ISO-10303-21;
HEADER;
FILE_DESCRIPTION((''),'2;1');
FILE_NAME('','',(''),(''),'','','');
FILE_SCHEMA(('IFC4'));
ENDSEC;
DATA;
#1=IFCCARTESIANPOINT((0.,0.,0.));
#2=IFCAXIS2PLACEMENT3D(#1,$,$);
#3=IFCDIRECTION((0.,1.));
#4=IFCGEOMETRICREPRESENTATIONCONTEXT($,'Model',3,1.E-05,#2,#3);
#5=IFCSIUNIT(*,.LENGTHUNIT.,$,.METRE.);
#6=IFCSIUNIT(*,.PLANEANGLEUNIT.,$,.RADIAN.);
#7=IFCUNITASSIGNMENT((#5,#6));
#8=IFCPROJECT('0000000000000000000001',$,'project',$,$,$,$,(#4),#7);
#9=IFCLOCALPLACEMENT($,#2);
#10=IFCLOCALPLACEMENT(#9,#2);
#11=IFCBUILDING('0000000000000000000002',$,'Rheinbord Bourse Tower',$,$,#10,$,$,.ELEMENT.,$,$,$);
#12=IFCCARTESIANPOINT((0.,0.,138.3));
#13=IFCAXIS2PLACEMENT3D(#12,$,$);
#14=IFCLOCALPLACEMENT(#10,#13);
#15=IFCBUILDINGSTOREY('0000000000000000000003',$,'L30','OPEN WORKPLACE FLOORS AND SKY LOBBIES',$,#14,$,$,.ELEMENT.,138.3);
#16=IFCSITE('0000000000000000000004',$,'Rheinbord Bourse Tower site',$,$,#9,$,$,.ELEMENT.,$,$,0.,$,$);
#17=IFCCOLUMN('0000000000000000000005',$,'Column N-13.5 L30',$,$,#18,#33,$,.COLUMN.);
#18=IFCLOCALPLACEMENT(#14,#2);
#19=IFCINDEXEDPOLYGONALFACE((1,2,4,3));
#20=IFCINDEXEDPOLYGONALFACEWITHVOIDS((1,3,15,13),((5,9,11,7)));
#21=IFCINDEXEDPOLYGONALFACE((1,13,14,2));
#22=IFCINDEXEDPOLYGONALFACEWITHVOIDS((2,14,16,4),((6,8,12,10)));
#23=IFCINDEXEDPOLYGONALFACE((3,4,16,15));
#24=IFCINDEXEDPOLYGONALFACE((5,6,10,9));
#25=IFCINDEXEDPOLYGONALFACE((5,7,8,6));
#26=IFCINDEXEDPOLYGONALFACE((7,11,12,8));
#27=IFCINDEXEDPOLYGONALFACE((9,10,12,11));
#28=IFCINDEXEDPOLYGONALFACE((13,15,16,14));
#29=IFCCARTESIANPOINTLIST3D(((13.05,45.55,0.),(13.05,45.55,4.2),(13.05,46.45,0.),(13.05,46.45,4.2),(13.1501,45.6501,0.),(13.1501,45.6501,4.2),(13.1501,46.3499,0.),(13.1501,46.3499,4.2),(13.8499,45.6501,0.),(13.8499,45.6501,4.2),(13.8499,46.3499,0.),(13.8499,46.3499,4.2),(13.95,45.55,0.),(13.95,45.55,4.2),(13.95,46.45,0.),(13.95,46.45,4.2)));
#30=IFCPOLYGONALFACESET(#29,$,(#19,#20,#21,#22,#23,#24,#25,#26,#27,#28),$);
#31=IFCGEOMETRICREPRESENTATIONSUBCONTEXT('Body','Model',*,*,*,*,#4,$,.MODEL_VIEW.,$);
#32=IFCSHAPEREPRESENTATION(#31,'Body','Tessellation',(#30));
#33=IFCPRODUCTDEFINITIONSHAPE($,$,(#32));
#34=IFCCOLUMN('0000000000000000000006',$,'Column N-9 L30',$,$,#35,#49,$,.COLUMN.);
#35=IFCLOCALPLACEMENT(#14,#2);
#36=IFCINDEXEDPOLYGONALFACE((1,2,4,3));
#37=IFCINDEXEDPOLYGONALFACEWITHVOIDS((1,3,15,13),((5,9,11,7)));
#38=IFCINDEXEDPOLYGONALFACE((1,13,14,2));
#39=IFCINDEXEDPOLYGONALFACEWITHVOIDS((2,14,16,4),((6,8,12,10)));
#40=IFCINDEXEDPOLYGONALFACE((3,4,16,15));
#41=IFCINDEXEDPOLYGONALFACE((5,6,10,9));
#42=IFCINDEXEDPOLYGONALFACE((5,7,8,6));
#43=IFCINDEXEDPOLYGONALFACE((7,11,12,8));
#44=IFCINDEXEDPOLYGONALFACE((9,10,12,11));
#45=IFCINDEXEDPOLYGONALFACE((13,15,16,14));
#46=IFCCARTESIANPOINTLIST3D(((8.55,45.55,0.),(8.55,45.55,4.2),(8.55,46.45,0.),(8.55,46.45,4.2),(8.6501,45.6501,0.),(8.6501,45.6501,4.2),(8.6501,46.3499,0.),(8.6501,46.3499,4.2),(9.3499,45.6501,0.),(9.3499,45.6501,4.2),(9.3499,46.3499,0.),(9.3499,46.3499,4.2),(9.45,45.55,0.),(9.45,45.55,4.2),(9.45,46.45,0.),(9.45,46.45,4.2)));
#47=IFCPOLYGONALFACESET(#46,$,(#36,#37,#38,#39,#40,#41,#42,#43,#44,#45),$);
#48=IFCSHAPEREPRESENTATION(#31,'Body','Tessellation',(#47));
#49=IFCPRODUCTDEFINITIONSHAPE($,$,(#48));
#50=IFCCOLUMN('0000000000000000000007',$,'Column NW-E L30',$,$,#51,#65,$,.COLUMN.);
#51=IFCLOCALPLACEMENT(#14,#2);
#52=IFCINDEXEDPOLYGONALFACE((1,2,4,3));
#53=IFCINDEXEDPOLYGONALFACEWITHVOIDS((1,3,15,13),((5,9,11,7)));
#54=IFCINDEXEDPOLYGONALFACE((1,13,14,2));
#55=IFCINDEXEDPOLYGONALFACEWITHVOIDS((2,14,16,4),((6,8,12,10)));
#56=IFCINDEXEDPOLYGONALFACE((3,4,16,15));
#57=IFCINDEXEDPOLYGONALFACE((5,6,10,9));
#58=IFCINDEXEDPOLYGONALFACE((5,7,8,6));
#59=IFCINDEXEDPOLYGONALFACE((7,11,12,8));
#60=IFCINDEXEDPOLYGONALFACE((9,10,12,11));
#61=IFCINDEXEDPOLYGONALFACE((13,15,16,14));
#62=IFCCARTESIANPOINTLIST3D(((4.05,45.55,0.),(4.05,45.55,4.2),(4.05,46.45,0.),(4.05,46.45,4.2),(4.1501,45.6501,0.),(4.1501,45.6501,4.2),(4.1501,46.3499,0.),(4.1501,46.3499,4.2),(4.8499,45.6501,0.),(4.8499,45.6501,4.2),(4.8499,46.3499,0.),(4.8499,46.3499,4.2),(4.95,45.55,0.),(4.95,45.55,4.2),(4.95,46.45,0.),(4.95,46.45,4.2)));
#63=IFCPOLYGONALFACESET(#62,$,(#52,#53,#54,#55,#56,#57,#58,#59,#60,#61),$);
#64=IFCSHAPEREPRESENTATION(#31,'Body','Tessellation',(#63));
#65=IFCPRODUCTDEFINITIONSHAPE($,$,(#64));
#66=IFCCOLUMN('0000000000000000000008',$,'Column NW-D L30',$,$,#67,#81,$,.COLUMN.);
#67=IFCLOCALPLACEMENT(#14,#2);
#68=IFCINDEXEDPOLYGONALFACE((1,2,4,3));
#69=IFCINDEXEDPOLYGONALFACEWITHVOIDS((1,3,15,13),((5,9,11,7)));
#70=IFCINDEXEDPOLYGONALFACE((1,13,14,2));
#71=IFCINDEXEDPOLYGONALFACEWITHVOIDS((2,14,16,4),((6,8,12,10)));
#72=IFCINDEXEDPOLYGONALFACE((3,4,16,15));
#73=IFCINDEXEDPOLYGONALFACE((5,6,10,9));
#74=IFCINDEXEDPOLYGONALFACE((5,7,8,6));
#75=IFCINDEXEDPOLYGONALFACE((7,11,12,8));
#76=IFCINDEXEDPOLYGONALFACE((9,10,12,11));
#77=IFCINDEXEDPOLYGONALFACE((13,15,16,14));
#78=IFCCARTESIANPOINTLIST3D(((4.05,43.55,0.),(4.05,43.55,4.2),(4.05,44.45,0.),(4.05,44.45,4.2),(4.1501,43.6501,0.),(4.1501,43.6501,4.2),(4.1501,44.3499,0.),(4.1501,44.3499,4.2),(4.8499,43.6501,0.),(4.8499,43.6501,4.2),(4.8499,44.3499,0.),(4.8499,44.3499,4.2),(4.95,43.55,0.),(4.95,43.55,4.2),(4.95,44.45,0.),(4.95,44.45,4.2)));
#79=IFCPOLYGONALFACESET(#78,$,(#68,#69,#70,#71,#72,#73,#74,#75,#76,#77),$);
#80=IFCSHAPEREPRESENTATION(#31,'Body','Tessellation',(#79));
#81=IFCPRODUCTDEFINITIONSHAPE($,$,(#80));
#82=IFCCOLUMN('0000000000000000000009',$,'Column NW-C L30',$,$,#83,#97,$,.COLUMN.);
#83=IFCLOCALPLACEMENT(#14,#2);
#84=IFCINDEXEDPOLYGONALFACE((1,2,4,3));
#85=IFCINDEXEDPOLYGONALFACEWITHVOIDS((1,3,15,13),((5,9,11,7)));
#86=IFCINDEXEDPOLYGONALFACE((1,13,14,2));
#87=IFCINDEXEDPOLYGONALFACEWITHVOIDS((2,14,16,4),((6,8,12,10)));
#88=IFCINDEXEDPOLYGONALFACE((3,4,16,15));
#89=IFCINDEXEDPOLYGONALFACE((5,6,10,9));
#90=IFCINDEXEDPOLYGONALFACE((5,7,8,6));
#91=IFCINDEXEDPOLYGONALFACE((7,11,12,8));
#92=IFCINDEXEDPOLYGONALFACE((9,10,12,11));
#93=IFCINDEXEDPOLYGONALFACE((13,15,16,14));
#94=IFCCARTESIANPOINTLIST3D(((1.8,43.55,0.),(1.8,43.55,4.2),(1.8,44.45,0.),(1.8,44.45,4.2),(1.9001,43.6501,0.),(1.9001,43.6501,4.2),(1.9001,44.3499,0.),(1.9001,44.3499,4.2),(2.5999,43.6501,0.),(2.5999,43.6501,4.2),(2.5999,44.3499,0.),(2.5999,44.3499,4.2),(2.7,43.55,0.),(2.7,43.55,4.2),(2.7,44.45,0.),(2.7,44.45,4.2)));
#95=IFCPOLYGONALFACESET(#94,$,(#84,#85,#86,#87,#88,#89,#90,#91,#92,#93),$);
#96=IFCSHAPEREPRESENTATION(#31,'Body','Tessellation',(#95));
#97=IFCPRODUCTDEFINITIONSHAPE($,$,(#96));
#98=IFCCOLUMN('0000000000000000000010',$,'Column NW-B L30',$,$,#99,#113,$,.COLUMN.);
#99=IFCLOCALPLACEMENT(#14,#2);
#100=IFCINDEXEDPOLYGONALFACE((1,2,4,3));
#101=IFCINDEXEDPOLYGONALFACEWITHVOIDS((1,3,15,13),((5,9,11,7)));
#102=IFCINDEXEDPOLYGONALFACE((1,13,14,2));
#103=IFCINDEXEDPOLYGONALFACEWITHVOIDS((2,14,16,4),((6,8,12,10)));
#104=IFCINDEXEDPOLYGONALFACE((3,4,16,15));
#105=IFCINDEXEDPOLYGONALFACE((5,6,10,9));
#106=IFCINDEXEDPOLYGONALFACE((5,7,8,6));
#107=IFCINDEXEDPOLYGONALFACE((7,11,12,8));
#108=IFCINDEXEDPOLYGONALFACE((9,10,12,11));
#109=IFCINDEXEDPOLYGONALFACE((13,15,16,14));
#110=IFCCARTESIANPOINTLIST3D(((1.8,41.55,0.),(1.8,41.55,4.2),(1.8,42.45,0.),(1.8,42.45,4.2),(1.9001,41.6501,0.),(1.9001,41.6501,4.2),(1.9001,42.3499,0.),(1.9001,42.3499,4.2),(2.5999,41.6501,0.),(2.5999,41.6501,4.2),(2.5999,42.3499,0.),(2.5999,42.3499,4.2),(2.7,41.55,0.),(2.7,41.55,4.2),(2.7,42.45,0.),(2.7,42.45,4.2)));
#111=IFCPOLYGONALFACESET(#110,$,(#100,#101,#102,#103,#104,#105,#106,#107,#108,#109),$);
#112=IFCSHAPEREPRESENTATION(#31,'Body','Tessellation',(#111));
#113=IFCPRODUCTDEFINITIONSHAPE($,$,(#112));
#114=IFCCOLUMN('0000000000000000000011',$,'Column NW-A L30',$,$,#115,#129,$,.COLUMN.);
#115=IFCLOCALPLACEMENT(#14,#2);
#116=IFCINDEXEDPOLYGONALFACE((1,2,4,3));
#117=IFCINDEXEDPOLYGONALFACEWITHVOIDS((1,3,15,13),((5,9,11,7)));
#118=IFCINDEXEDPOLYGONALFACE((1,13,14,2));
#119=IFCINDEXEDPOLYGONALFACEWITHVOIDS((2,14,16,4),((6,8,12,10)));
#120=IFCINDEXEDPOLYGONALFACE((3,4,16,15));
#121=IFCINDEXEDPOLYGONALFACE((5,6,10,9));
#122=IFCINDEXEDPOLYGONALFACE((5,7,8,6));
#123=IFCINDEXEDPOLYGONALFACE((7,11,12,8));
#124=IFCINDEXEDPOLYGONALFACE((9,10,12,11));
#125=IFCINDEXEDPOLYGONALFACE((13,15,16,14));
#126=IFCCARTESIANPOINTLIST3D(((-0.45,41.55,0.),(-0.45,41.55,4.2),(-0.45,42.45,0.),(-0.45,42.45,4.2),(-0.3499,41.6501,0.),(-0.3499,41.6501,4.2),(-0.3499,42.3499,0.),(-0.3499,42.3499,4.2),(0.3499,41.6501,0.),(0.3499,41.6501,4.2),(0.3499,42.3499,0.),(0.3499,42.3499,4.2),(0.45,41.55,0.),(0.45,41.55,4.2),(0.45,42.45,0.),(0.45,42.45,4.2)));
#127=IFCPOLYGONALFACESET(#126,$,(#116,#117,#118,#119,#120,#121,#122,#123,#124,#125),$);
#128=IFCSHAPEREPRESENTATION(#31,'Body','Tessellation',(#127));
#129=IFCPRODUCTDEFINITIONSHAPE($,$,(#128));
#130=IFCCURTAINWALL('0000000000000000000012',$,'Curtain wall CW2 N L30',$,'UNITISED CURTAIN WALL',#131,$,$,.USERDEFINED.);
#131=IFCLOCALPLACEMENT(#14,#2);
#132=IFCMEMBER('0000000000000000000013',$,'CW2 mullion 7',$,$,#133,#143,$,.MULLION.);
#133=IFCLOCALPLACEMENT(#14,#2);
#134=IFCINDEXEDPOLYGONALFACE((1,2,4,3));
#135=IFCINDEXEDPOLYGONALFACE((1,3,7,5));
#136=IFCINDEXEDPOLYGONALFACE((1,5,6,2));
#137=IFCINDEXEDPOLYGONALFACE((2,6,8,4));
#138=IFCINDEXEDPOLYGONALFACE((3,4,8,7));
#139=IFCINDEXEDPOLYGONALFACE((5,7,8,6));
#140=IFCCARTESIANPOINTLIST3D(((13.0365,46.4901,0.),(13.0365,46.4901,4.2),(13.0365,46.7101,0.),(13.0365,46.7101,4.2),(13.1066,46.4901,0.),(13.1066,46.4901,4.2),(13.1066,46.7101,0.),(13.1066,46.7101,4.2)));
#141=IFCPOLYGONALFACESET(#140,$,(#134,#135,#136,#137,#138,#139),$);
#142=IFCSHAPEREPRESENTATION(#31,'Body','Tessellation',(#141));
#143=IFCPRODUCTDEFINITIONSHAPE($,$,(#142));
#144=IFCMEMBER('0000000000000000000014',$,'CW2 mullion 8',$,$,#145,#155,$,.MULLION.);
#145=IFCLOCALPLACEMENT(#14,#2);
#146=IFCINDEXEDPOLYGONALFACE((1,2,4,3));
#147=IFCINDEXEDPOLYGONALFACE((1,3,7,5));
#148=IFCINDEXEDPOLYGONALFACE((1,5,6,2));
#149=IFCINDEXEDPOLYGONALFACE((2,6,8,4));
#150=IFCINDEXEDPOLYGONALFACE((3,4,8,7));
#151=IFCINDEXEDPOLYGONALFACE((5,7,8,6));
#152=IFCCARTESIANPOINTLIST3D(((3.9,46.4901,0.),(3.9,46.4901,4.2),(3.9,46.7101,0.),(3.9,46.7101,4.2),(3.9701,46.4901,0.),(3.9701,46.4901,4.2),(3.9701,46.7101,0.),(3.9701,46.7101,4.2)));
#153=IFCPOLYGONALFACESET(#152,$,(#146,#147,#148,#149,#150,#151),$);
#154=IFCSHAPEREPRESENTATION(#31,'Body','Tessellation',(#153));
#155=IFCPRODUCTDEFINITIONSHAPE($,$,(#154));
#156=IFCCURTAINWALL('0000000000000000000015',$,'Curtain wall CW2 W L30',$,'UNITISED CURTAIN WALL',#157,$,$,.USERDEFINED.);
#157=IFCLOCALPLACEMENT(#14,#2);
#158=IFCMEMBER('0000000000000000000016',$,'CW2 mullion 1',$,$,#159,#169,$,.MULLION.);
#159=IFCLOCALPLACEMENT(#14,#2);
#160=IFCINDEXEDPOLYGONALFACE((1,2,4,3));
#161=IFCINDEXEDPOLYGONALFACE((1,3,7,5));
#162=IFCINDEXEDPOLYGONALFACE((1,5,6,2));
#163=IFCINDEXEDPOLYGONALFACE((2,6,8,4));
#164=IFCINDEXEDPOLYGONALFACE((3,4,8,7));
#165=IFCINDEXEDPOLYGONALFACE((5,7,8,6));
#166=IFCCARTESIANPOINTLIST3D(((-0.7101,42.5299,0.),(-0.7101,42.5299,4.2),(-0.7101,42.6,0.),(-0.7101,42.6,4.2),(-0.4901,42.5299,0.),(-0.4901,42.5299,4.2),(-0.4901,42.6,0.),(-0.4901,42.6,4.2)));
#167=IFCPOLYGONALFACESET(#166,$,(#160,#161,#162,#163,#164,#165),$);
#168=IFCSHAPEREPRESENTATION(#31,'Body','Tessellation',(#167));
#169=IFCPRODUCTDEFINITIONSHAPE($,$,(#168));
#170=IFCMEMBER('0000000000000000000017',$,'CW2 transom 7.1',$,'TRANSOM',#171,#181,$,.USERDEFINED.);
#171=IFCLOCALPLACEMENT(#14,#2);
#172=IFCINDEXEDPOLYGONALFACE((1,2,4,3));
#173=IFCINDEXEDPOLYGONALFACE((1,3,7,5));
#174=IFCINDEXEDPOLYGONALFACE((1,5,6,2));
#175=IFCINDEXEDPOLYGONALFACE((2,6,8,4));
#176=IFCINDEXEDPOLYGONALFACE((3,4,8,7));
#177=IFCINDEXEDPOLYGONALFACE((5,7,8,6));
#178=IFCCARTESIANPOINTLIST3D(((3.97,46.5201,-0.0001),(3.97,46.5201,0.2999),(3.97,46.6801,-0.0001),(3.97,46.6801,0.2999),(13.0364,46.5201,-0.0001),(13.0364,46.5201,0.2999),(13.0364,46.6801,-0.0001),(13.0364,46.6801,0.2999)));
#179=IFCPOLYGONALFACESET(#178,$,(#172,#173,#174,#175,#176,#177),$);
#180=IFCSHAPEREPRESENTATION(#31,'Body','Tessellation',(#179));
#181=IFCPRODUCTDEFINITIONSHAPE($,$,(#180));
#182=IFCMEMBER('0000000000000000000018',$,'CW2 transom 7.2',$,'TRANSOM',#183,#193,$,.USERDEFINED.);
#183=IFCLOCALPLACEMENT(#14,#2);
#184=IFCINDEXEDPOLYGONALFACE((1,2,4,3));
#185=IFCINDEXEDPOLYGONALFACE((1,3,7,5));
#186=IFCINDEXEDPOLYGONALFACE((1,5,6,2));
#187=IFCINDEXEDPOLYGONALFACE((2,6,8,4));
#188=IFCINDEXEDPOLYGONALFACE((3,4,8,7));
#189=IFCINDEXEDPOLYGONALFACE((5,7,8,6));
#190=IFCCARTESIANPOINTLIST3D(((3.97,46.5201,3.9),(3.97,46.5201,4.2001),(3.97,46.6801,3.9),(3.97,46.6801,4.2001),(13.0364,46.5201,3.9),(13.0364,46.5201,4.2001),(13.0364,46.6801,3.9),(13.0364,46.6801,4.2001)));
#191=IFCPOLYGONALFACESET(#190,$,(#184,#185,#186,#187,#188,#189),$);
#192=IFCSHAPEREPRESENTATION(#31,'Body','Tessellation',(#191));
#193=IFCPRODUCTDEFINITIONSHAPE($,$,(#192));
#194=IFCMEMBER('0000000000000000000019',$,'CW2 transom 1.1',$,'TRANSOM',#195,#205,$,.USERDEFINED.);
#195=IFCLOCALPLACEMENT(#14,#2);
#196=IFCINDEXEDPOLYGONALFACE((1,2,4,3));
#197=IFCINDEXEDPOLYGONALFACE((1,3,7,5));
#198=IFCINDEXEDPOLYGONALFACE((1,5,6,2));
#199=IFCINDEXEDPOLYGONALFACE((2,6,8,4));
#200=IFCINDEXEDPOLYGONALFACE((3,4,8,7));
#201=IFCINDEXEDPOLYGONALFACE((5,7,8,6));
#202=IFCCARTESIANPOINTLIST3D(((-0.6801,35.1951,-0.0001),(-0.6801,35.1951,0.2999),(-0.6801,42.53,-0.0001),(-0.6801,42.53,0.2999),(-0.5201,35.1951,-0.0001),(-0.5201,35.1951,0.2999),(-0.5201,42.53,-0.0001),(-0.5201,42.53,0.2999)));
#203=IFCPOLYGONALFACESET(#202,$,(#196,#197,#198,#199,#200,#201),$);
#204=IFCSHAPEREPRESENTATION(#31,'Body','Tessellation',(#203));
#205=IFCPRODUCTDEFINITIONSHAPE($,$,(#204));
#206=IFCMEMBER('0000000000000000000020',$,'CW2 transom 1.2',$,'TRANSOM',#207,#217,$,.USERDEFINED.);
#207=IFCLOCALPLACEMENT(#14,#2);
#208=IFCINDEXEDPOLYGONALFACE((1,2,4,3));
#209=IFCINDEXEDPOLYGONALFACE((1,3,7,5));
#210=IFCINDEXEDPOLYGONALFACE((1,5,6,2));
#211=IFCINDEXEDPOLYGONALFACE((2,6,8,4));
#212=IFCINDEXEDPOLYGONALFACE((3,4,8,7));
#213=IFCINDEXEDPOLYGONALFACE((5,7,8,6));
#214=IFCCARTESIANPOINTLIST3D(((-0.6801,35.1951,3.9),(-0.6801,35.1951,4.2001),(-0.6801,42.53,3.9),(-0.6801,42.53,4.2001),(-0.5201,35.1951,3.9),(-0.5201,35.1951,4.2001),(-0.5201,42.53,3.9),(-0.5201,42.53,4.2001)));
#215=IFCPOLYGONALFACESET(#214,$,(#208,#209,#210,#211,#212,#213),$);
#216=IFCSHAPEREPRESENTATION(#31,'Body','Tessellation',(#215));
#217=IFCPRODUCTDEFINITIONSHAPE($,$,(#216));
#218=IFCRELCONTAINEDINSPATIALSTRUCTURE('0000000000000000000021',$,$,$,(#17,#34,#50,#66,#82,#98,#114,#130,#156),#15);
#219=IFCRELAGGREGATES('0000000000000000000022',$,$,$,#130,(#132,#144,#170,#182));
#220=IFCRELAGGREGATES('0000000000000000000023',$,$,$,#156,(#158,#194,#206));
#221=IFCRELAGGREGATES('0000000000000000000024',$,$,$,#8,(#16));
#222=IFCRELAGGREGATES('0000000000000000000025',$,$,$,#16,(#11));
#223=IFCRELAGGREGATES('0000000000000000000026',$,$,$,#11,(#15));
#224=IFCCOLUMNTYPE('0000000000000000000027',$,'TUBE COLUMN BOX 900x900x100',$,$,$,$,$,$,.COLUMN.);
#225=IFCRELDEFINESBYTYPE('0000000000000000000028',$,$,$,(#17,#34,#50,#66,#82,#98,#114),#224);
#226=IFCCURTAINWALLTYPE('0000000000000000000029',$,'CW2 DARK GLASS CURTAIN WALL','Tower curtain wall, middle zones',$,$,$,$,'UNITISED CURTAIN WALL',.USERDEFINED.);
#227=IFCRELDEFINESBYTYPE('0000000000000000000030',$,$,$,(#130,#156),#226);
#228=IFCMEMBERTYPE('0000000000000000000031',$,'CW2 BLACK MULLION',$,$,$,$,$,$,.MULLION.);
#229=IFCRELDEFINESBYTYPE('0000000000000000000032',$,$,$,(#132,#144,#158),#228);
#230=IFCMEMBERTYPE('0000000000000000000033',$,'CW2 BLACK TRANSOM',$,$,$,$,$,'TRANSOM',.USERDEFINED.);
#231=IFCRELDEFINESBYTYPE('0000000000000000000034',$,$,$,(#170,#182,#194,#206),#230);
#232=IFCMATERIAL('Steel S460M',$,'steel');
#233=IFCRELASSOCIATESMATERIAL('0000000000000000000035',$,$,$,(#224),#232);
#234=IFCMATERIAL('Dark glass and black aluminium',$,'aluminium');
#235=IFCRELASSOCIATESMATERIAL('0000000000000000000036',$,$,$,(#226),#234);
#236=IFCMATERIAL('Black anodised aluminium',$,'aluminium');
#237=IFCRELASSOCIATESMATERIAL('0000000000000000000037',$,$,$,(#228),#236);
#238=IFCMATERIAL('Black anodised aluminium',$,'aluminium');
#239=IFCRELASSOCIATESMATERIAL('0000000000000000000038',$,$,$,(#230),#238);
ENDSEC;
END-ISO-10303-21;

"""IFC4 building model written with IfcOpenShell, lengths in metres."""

from ifc_helpers import new_model, si_unit, direction, frame, origin, origin_2d, place, context, subcontext, project, spatial, rectangle, hollow_rectangle, extrude, material, material_profile, profile_set, type_object, element, aggregate, save


model = new_model("IFC4")

# Units and contexts
model_context = context("Model", 3, precision=1e-05, world=origin(), true_north=direction((0.0, 1.0)))
body_context = subcontext(model_context, "Body", "Model", "MODEL_VIEW")
ifc_project = project(units=[si_unit("LENGTHUNIT", "METRE"), si_unit("PLANEANGLEUNIT", "RADIAN")], contexts=[model_context])

# Site, building, storey
site_placement = place(None, origin())
site = spatial("IfcSite", under=ifc_project, at=site_placement, Name="Rheinbord Bourse Tower site", CompositionType="ELEMENT", RefElevation=0.0)
building_placement = place(site_placement, origin())
building = spatial("IfcBuilding", under=site, at=building_placement, Name="Rheinbord Bourse Tower", CompositionType="ELEMENT")
storey_placement = place(building_placement, frame((0.0, 0.0, 138.3)))
storey = spatial("IfcBuildingStorey", under=building, at=storey_placement, Name="L30", Description="OPEN WORKPLACE FLOORS AND SKY LOBBIES", CompositionType="ELEMENT", Elevation=138.3)

# Columns
ifc_material_1 = material(Name="Steel S460M", Category="steel")
ifc_material_profile_1 = material_profile(ifc_material_1, hollow_rectangle(XDim=0.8999, YDim=0.8999, WallThickness=0.1001, at=origin_2d()), Name="BOX 900x900x100")
ifc_profile_set_1 = profile_set([ifc_material_profile_1], Name="Steel S460M")
column_type = type_object("IfcColumnType", Name="TUBE COLUMN BOX 900x900x100", PredefinedType="COLUMN", material=ifc_profile_set_1)
for number, where, z_axis, x_axis, name in (
    (1, (13.5, 46.0, 0.0), (0.0, 0.0, 1.0), (0.0, 1.0, 0.0), "Column N-13.5 L30"),
    (2, (9.0, 46.0, 0.0), (0.0, 0.0, 1.0), (0.0, 1.0, 0.0), "Column N-9 L30"),
    (3, (4.5, 46.0, 0.0), (0.0, 0.0, 1.0), (0.0, 1.0, 0.0), "Column NW-E L30"),
    (4, (4.5, 44.0, 0.0), (0.0, 0.0, 1.0), (0.0, 1.0, 0.0), "Column NW-D L30"),
    (5, (2.25, 44.0, 0.0), (0.0, 0.0, 1.0), (1.0, 0.0, 0.0), "Column NW-C L30"),
    (6, (2.25, 42.0, 0.0), (0.0, 0.0, 1.0), (1.0, 0.0, 0.0), "Column NW-B L30"),
    (7, (0.0, 42.0, 0.0), (0.0, 0.0, 1.0), (1.0, 0.0, 0.0), "Column NW-A L30"),
):
    element("IfcColumn", number, at=place(storey_placement, frame(where, z_axis=z_axis, x_axis=x_axis)), inside=storey, type_object=column_type, Name=name, PredefinedType="COLUMN", context=body_context, shape_type="SweptSolid", body=[
        extrude(hollow_rectangle(XDim=0.8999, YDim=0.8999, WallThickness=0.1001, at=origin_2d()), origin(), (0.0, 0.0, 1.0), 4.2),
    ])

# Curtain wall, members
ifc_material_2 = material(Name="Dark glass and black aluminium", Category="aluminium")
curtain_wall_type = type_object("IfcCurtainWallType", Name="CW2 DARK GLASS CURTAIN WALL", Description="Tower curtain wall, middle zones", ElementType="UNITISED CURTAIN WALL", PredefinedType="USERDEFINED", material=ifc_material_2)
curtain_wall_1_placement = place(storey_placement, origin())
curtain_wall_1 = element("IfcCurtainWall", 8, at=curtain_wall_1_placement, inside=storey, type_object=curtain_wall_type, Name="Curtain wall CW2 N L30", ObjectType="UNITISED CURTAIN WALL", PredefinedType="USERDEFINED")
ifc_material_3 = material(Name="Black anodised aluminium", Category="aluminium")
ifc_material_profile_2 = material_profile(ifc_material_3, rectangle(XDim=0.22, YDim=0.0701, at=origin_2d()), Name="CW2 MULLION 70x220")
ifc_profile_set_2 = profile_set([ifc_material_profile_2], Name="Black anodised aluminium")
member_type_1 = type_object("IfcMemberType", Name="CW2 BLACK MULLION", PredefinedType="MULLION", material=ifc_profile_set_2)
member_1_placement = place(storey_placement, frame((13.0715, 46.6001, 0.0), z_axis=(0.0, 0.0, 1.0), x_axis=(0.0, -1.0, 0.0)))
member_1 = element("IfcMember", 9, at=member_1_placement, type_object=member_type_1, Name="CW2 mullion 7", PredefinedType="MULLION", context=body_context, shape_type="SweptSolid", body=[
    extrude(rectangle(XDim=0.22, YDim=0.0701, at=origin_2d()), origin(), (0.0, 0.0, 1.0), 4.2),
])
member_2_placement = place(storey_placement, frame((3.9351, 46.6001, 0.0), z_axis=(0.0, 0.0, 1.0), x_axis=(0.0, -1.0, 0.0)))
member_2 = element("IfcMember", 10, at=member_2_placement, type_object=member_type_1, Name="CW2 mullion 8", PredefinedType="MULLION", context=body_context, shape_type="SweptSolid", body=[
    extrude(rectangle(XDim=0.22, YDim=0.0701, at=origin_2d()), origin(), (0.0, 0.0, 1.0), 4.2),
])

# Curtain wall, member
curtain_wall_2_placement = place(storey_placement, origin())
curtain_wall_2 = element("IfcCurtainWall", 11, at=curtain_wall_2_placement, inside=storey, type_object=curtain_wall_type, Name="Curtain wall CW2 W L30", ObjectType="UNITISED CURTAIN WALL", PredefinedType="USERDEFINED")
member_3_placement = place(storey_placement, frame((-0.6001, 42.5649, 0.0), z_axis=(0.0, 0.0, 1.0), x_axis=(1.0, 0.0, 0.0)))
member_3 = element("IfcMember", 12, at=member_3_placement, type_object=member_type_1, Name="CW2 mullion 1", PredefinedType="MULLION", context=body_context, shape_type="SweptSolid", body=[
    extrude(rectangle(XDim=0.22, YDim=0.0701, at=origin_2d()), origin(), (0.0, 0.0, 1.0), 4.2),
])

# Members
ifc_material_4 = material(Name="Black anodised aluminium", Category="aluminium")
ifc_material_profile_3 = material_profile(ifc_material_4, rectangle(XDim=0.1599, YDim=0.3, at=origin_2d()), Name="CW2 TRANSOM 300x160")
ifc_profile_set_3 = profile_set([ifc_material_profile_3], Name="Black anodised aluminium")
member_type_2 = type_object("IfcMemberType", Name="CW2 BLACK TRANSOM", ElementType="TRANSOM", PredefinedType="USERDEFINED", material=ifc_profile_set_3)
member_4_placement = place(storey_placement, frame((13.0364, 46.6001, 0.1499), z_axis=(-1.0, 0.0, 0.0), x_axis=(0.0, -1.0, 0.0)))
member_4 = element("IfcMember", 13, at=member_4_placement, type_object=member_type_2, Name="CW2 transom 7.1", ObjectType="TRANSOM", PredefinedType="USERDEFINED", context=body_context, shape_type="SweptSolid", body=[
    extrude(rectangle(XDim=0.1599, YDim=0.3, at=origin_2d()), origin(), (0.0, 0.0, 1.0), 9.0664),
])
member_5_placement = place(storey_placement, frame((13.0364, 46.6001, 4.05), z_axis=(-1.0, 0.0, 0.0), x_axis=(0.0, -1.0, 0.0)))
member_5 = element("IfcMember", 14, at=member_5_placement, type_object=member_type_2, Name="CW2 transom 7.2", ObjectType="TRANSOM", PredefinedType="USERDEFINED", context=body_context, shape_type="SweptSolid", body=[
    extrude(rectangle(XDim=0.1599, YDim=0.3, at=origin_2d()), origin(), (0.0, 0.0, 1.0), 9.0664),
])
member_6_placement = place(storey_placement, frame((-0.6001, 42.53, 0.1499), z_axis=(0.0, -1.0, 0.0), x_axis=(1.0, 0.0, 0.0)))
member_6 = element("IfcMember", 15, at=member_6_placement, type_object=member_type_2, Name="CW2 transom 1.1", ObjectType="TRANSOM", PredefinedType="USERDEFINED", context=body_context, shape_type="SweptSolid", body=[
    extrude(rectangle(XDim=0.1599, YDim=0.3, at=origin_2d()), origin(), (0.0, 0.0, 1.0), 7.335),
])
member_7_placement = place(storey_placement, frame((-0.6001, 42.53, 4.05), z_axis=(0.0, -1.0, 0.0), x_axis=(1.0, 0.0, 0.0)))
member_7 = element("IfcMember", 16, at=member_7_placement, type_object=member_type_2, Name="CW2 transom 1.2", ObjectType="TRANSOM", PredefinedType="USERDEFINED", context=body_context, shape_type="SweptSolid", body=[
    extrude(rectangle(XDim=0.1599, YDim=0.3, at=origin_2d()), origin(), (0.0, 0.0, 1.0), 7.335),
])

aggregate(curtain_wall_1, [member_1, member_2, member_4, member_5])
aggregate(curtain_wall_2, [member_3, member_6, member_7])

save(model, "model.ifc")
